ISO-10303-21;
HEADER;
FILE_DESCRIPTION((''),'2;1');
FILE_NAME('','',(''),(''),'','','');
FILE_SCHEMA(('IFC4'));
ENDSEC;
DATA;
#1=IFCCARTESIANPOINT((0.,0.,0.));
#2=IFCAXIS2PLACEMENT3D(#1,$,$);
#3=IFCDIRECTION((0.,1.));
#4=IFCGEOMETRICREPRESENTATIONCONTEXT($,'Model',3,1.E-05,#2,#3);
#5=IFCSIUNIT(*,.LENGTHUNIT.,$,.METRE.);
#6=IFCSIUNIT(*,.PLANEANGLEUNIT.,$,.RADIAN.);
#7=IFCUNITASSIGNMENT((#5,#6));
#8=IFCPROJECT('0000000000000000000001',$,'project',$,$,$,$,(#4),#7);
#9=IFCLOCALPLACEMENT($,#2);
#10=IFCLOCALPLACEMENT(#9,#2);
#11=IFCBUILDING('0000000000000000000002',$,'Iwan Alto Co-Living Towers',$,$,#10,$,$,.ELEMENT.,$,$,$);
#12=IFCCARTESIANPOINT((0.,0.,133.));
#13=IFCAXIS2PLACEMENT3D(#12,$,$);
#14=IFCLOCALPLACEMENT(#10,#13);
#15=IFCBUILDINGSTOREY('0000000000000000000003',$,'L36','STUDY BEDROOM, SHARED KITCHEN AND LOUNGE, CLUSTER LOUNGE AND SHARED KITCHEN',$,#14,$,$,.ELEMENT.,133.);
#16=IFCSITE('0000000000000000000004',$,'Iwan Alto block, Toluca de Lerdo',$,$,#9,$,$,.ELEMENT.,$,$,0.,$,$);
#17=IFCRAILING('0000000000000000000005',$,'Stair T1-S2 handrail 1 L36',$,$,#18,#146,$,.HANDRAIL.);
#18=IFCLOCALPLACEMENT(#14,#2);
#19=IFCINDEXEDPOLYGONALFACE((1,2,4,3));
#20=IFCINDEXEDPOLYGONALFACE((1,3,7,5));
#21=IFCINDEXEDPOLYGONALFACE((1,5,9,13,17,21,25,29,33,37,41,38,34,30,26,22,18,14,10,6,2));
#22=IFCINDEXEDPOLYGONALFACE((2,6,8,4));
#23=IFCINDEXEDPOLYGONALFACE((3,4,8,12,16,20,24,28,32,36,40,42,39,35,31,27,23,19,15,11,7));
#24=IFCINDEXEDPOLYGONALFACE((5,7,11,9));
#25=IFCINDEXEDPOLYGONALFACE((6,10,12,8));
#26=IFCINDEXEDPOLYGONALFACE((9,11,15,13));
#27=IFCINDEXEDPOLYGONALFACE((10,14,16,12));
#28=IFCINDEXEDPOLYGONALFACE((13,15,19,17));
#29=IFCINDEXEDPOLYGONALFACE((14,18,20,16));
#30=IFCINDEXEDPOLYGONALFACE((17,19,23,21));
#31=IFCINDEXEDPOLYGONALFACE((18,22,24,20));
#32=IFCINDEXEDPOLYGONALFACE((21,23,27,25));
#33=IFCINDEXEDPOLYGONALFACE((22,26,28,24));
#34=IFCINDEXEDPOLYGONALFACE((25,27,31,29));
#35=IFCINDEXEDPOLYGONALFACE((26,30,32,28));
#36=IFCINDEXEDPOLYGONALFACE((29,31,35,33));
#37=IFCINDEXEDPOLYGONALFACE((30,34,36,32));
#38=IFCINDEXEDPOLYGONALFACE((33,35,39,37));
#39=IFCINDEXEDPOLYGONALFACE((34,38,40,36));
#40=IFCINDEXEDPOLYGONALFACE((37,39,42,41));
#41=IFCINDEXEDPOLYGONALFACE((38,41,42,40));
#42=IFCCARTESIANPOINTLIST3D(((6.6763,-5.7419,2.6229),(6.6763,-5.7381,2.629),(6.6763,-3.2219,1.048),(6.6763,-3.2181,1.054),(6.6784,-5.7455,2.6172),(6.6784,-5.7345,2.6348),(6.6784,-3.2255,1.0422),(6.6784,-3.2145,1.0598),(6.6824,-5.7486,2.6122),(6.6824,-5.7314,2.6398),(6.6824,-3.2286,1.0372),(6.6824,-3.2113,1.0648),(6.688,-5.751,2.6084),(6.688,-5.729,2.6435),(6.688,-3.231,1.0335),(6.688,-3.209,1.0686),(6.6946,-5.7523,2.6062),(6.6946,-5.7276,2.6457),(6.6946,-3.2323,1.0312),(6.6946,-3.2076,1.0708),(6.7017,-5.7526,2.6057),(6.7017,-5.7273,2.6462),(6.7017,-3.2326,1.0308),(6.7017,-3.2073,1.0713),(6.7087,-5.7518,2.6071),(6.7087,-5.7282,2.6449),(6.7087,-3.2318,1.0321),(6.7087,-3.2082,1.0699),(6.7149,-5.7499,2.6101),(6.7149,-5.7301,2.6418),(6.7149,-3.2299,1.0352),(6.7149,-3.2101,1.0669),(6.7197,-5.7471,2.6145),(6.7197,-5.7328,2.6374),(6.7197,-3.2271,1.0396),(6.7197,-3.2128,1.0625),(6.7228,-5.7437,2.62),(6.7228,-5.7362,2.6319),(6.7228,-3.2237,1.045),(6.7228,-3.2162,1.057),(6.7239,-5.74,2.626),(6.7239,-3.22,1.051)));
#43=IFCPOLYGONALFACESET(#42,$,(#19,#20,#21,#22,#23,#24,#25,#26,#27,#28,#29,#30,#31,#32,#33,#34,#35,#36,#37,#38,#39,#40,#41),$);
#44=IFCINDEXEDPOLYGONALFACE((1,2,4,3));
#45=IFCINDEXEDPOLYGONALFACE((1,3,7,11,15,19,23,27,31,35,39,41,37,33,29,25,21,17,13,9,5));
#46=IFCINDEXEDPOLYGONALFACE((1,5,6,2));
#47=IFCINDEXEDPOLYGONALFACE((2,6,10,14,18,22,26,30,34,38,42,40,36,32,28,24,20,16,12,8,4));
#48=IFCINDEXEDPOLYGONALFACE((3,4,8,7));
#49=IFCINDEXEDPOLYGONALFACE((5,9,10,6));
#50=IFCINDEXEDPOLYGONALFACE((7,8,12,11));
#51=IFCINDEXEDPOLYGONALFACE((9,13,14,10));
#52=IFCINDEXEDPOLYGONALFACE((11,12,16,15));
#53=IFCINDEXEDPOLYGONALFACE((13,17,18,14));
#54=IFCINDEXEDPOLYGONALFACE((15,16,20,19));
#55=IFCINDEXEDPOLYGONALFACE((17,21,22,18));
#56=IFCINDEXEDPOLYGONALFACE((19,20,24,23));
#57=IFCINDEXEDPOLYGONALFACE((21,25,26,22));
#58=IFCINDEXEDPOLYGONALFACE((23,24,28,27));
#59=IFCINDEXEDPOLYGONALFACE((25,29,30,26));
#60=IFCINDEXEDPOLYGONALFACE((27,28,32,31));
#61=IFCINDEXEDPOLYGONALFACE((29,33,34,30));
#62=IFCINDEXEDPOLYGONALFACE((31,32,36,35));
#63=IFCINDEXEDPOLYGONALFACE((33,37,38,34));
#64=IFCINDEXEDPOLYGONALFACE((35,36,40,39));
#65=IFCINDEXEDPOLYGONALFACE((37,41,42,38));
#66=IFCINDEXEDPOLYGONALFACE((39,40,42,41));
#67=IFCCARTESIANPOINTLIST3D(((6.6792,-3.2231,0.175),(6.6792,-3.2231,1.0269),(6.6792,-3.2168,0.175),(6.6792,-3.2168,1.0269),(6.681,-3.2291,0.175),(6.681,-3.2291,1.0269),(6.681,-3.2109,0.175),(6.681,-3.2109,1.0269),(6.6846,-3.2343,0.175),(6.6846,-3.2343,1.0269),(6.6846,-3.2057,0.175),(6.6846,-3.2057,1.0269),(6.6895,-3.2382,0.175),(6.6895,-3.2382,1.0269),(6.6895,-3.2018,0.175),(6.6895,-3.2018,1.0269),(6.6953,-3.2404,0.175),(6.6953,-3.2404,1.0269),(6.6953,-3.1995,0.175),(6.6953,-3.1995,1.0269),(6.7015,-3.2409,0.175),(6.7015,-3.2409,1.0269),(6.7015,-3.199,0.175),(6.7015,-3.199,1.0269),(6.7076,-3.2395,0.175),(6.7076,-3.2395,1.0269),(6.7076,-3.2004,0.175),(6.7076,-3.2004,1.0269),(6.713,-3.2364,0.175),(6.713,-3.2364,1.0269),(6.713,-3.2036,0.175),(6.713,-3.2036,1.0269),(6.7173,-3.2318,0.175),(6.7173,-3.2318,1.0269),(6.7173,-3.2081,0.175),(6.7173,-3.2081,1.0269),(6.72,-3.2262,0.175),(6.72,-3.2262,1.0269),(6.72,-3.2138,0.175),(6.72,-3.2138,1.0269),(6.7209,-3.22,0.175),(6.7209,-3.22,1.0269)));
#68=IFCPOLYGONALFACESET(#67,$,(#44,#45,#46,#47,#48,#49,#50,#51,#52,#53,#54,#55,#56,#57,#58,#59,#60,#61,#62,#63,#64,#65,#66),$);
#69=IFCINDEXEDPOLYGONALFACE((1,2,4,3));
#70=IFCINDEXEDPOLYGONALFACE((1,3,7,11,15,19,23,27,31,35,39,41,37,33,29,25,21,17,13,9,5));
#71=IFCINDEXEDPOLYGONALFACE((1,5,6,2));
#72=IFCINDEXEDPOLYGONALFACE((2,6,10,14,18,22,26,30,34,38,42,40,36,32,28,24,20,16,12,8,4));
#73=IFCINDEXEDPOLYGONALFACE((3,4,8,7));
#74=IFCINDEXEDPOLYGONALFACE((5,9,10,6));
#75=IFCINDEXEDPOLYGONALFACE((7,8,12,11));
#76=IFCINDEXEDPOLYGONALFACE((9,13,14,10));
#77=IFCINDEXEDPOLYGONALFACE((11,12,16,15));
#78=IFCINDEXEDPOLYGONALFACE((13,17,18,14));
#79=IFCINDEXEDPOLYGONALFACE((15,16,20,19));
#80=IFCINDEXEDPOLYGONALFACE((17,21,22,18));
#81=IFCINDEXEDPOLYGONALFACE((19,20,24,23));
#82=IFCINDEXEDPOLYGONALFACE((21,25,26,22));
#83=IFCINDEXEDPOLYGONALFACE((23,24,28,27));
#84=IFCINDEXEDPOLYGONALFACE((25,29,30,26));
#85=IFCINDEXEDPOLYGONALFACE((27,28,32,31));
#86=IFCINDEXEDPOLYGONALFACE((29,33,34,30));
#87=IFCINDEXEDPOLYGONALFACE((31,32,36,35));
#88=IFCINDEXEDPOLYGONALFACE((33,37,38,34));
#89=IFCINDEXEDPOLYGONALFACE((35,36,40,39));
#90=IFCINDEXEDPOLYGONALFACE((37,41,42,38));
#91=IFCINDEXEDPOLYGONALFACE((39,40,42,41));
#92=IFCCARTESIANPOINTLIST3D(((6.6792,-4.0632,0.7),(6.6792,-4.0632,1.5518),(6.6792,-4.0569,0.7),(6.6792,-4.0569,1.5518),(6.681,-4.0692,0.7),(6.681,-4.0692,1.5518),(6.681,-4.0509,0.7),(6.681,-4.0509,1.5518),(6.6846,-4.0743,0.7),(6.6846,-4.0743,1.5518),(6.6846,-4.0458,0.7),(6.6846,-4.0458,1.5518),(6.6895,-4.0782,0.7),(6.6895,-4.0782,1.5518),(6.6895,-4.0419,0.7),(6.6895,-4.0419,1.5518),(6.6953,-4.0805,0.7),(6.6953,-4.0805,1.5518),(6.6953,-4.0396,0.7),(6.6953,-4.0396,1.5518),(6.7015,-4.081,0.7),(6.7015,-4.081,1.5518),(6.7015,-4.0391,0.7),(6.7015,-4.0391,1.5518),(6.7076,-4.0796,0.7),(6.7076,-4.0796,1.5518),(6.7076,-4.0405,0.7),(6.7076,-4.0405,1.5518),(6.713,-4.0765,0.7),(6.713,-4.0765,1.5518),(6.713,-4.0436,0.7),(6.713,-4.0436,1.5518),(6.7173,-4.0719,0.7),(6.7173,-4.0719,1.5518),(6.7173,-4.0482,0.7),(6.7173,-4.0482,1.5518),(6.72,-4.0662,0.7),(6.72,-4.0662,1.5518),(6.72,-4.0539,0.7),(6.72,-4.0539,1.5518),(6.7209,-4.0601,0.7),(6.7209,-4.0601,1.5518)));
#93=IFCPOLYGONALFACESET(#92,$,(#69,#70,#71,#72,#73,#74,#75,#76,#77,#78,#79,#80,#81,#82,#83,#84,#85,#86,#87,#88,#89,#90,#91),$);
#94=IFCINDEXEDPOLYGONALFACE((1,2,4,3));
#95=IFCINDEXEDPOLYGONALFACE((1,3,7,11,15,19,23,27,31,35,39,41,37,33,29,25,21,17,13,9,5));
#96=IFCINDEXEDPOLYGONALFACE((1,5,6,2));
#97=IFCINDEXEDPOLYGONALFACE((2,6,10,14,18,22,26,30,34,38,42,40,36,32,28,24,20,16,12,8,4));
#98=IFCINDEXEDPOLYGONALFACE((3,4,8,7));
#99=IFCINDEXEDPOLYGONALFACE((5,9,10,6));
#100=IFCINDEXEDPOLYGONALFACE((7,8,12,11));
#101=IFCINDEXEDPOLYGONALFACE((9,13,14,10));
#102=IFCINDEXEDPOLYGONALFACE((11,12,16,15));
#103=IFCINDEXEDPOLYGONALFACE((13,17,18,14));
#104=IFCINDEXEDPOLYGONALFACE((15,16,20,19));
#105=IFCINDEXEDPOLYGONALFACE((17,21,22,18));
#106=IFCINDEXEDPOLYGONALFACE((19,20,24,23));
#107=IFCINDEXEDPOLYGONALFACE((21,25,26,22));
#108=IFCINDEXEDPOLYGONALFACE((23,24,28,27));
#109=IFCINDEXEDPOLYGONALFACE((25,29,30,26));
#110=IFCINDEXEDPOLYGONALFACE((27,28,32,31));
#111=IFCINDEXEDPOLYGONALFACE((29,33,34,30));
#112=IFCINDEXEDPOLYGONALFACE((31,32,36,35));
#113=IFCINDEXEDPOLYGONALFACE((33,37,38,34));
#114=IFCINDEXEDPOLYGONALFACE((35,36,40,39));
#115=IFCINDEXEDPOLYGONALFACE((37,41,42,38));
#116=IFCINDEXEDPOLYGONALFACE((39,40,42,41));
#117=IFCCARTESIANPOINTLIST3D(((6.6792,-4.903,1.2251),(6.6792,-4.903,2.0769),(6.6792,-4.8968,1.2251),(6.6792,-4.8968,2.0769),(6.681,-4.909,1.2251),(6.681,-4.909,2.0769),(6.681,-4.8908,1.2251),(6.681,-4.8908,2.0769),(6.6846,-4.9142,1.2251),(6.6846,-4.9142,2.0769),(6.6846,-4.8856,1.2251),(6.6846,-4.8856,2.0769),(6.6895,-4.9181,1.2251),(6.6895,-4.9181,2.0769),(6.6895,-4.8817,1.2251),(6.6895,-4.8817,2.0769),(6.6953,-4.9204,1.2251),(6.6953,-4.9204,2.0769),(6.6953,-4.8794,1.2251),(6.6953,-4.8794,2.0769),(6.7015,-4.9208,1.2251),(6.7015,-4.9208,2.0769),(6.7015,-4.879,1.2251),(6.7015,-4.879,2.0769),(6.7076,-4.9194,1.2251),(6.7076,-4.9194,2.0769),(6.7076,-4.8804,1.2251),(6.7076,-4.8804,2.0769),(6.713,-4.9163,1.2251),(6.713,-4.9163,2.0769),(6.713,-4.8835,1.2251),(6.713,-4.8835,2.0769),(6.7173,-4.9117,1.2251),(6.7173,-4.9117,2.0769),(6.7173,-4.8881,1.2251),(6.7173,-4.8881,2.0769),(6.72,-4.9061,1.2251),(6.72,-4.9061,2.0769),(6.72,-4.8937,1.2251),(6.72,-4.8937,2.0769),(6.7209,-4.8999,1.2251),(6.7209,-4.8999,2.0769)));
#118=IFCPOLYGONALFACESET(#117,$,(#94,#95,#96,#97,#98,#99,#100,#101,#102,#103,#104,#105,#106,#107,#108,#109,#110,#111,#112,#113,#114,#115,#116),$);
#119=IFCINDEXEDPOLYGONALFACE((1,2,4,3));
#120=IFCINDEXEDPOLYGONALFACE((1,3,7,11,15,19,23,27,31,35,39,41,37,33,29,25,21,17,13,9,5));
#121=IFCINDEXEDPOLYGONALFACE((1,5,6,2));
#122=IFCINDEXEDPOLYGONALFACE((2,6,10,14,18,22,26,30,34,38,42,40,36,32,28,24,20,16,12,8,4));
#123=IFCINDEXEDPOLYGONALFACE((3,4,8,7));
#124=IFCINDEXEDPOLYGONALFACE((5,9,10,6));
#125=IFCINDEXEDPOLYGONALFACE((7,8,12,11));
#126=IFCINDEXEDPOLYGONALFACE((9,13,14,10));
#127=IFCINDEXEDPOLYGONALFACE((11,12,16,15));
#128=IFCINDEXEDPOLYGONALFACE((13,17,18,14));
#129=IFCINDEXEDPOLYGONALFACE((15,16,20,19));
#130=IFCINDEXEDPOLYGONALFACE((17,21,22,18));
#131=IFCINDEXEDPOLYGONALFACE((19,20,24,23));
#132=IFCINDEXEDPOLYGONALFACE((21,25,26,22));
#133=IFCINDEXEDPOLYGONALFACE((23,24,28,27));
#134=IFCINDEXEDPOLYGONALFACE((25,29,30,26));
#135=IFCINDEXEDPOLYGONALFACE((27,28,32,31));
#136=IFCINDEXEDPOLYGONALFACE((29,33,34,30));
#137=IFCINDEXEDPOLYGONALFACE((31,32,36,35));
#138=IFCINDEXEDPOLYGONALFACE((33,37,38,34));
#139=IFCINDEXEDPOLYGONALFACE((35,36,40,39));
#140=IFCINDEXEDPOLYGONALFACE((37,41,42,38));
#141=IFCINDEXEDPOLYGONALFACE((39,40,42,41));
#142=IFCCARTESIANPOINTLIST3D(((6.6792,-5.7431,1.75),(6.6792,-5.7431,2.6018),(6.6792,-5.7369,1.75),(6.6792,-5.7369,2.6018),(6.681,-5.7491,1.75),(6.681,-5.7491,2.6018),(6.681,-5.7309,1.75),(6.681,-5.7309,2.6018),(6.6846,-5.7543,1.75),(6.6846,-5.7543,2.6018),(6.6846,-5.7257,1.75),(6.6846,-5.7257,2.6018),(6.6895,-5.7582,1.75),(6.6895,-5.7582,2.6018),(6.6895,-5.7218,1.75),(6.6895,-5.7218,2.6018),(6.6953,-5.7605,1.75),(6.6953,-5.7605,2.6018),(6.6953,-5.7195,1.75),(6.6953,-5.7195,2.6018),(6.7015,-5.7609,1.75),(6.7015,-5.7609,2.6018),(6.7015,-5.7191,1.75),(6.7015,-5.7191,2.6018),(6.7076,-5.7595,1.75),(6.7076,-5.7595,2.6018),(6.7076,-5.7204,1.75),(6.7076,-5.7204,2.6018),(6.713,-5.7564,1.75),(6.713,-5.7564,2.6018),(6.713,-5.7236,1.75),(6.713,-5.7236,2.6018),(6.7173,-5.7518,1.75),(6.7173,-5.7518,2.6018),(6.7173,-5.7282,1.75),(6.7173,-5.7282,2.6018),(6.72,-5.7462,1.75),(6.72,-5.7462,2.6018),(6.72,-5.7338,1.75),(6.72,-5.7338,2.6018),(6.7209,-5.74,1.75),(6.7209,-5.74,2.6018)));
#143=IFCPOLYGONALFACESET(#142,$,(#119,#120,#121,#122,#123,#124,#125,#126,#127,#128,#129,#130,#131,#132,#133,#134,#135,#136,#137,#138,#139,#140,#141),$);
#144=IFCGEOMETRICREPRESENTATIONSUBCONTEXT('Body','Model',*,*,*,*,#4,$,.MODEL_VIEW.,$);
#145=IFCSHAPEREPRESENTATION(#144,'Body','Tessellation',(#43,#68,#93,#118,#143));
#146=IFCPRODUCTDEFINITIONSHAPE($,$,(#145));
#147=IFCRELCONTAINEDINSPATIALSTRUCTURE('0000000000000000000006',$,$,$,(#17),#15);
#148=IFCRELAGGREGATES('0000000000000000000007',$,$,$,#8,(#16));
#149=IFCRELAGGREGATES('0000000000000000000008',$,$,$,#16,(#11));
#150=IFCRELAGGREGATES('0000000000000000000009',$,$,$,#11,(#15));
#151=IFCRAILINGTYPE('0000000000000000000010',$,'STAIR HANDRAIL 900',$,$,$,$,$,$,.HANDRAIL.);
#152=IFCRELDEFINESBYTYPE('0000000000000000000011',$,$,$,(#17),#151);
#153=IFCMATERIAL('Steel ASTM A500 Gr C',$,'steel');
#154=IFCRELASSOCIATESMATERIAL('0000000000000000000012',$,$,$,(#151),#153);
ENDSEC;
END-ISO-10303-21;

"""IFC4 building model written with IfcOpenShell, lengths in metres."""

from ifc_helpers import new_model, si_unit, direction, frame, origin, origin_2d, place, context, subcontext, project, spatial, circle, extrude, material, type_object, element, save


model = new_model("IFC4")

# Units and contexts
model_context = context("Model", 3, precision=1e-05, world=origin(), true_north=direction((0.0, 1.0)))
body_context = subcontext(model_context, "Body", "Model", "MODEL_VIEW")
ifc_project = project(units=[si_unit("LENGTHUNIT", "METRE"), si_unit("PLANEANGLEUNIT", "RADIAN")], contexts=[model_context])

# Site, building, storey
site_placement = place(None, origin())
site = spatial("IfcSite", under=ifc_project, at=site_placement, Name="Iwan Alto block, Toluca de Lerdo", CompositionType="ELEMENT", RefElevation=0.0)
building_placement = place(site_placement, origin())
building = spatial("IfcBuilding", under=site, at=building_placement, Name="Iwan Alto Co-Living Towers", CompositionType="ELEMENT")
storey_placement = place(building_placement, frame((0.0, 0.0, 133.0)))
storey = spatial("IfcBuildingStorey", under=building, at=storey_placement, Name="L36", Description="STUDY BEDROOM, SHARED KITCHEN AND LOUNGE, CLUSTER LOUNGE AND SHARED KITCHEN", CompositionType="ELEMENT", Elevation=133.0)

# Railing
ifc_material_1 = material(Name="Steel ASTM A500 Gr C", Category="steel")
railing_type_1 = type_object("IfcRailingType", Name="STAIR HANDRAIL 900", PredefinedType="HANDRAIL", material=ifc_material_1)
railing_1_placement = place(storey_placement, frame((6.7, -3.22, 0.175)))
element("IfcRailing", 1, at=railing_1_placement, inside=storey, type_object=railing_type_1, Name="Stair T1-S2 handrail 1 L36", PredefinedType="HANDRAIL", context=body_context, shape_type="SweptSolid", body=[
    extrude(circle(Radius=0.0239, at=origin_2d()), frame((0.0, 0.0, 0.876), z_axis=(0.0, -0.848008, 0.529984), x_axis=(1.0, 0.0, 0.0)), (0.0, 0.0, 1.0), 2.9717),
    extrude(circle(Radius=0.021, at=origin_2d()), origin(), (0.0, 0.0, 1.0), 0.8518),
    extrude(circle(Radius=0.021, at=origin_2d()), frame((0.0, -0.8401, 0.5249)), (0.0, 0.0, 1.0), 0.8518),
    extrude(circle(Radius=0.021, at=origin_2d()), frame((0.0, -1.6799, 1.05)), (0.0, 0.0, 1.0), 0.8518),
    extrude(circle(Radius=0.021, at=origin_2d()), frame((0.0, -2.52, 1.575)), (0.0, 0.0, 1.0), 0.8518),
])

save(model, "model.ifc")
